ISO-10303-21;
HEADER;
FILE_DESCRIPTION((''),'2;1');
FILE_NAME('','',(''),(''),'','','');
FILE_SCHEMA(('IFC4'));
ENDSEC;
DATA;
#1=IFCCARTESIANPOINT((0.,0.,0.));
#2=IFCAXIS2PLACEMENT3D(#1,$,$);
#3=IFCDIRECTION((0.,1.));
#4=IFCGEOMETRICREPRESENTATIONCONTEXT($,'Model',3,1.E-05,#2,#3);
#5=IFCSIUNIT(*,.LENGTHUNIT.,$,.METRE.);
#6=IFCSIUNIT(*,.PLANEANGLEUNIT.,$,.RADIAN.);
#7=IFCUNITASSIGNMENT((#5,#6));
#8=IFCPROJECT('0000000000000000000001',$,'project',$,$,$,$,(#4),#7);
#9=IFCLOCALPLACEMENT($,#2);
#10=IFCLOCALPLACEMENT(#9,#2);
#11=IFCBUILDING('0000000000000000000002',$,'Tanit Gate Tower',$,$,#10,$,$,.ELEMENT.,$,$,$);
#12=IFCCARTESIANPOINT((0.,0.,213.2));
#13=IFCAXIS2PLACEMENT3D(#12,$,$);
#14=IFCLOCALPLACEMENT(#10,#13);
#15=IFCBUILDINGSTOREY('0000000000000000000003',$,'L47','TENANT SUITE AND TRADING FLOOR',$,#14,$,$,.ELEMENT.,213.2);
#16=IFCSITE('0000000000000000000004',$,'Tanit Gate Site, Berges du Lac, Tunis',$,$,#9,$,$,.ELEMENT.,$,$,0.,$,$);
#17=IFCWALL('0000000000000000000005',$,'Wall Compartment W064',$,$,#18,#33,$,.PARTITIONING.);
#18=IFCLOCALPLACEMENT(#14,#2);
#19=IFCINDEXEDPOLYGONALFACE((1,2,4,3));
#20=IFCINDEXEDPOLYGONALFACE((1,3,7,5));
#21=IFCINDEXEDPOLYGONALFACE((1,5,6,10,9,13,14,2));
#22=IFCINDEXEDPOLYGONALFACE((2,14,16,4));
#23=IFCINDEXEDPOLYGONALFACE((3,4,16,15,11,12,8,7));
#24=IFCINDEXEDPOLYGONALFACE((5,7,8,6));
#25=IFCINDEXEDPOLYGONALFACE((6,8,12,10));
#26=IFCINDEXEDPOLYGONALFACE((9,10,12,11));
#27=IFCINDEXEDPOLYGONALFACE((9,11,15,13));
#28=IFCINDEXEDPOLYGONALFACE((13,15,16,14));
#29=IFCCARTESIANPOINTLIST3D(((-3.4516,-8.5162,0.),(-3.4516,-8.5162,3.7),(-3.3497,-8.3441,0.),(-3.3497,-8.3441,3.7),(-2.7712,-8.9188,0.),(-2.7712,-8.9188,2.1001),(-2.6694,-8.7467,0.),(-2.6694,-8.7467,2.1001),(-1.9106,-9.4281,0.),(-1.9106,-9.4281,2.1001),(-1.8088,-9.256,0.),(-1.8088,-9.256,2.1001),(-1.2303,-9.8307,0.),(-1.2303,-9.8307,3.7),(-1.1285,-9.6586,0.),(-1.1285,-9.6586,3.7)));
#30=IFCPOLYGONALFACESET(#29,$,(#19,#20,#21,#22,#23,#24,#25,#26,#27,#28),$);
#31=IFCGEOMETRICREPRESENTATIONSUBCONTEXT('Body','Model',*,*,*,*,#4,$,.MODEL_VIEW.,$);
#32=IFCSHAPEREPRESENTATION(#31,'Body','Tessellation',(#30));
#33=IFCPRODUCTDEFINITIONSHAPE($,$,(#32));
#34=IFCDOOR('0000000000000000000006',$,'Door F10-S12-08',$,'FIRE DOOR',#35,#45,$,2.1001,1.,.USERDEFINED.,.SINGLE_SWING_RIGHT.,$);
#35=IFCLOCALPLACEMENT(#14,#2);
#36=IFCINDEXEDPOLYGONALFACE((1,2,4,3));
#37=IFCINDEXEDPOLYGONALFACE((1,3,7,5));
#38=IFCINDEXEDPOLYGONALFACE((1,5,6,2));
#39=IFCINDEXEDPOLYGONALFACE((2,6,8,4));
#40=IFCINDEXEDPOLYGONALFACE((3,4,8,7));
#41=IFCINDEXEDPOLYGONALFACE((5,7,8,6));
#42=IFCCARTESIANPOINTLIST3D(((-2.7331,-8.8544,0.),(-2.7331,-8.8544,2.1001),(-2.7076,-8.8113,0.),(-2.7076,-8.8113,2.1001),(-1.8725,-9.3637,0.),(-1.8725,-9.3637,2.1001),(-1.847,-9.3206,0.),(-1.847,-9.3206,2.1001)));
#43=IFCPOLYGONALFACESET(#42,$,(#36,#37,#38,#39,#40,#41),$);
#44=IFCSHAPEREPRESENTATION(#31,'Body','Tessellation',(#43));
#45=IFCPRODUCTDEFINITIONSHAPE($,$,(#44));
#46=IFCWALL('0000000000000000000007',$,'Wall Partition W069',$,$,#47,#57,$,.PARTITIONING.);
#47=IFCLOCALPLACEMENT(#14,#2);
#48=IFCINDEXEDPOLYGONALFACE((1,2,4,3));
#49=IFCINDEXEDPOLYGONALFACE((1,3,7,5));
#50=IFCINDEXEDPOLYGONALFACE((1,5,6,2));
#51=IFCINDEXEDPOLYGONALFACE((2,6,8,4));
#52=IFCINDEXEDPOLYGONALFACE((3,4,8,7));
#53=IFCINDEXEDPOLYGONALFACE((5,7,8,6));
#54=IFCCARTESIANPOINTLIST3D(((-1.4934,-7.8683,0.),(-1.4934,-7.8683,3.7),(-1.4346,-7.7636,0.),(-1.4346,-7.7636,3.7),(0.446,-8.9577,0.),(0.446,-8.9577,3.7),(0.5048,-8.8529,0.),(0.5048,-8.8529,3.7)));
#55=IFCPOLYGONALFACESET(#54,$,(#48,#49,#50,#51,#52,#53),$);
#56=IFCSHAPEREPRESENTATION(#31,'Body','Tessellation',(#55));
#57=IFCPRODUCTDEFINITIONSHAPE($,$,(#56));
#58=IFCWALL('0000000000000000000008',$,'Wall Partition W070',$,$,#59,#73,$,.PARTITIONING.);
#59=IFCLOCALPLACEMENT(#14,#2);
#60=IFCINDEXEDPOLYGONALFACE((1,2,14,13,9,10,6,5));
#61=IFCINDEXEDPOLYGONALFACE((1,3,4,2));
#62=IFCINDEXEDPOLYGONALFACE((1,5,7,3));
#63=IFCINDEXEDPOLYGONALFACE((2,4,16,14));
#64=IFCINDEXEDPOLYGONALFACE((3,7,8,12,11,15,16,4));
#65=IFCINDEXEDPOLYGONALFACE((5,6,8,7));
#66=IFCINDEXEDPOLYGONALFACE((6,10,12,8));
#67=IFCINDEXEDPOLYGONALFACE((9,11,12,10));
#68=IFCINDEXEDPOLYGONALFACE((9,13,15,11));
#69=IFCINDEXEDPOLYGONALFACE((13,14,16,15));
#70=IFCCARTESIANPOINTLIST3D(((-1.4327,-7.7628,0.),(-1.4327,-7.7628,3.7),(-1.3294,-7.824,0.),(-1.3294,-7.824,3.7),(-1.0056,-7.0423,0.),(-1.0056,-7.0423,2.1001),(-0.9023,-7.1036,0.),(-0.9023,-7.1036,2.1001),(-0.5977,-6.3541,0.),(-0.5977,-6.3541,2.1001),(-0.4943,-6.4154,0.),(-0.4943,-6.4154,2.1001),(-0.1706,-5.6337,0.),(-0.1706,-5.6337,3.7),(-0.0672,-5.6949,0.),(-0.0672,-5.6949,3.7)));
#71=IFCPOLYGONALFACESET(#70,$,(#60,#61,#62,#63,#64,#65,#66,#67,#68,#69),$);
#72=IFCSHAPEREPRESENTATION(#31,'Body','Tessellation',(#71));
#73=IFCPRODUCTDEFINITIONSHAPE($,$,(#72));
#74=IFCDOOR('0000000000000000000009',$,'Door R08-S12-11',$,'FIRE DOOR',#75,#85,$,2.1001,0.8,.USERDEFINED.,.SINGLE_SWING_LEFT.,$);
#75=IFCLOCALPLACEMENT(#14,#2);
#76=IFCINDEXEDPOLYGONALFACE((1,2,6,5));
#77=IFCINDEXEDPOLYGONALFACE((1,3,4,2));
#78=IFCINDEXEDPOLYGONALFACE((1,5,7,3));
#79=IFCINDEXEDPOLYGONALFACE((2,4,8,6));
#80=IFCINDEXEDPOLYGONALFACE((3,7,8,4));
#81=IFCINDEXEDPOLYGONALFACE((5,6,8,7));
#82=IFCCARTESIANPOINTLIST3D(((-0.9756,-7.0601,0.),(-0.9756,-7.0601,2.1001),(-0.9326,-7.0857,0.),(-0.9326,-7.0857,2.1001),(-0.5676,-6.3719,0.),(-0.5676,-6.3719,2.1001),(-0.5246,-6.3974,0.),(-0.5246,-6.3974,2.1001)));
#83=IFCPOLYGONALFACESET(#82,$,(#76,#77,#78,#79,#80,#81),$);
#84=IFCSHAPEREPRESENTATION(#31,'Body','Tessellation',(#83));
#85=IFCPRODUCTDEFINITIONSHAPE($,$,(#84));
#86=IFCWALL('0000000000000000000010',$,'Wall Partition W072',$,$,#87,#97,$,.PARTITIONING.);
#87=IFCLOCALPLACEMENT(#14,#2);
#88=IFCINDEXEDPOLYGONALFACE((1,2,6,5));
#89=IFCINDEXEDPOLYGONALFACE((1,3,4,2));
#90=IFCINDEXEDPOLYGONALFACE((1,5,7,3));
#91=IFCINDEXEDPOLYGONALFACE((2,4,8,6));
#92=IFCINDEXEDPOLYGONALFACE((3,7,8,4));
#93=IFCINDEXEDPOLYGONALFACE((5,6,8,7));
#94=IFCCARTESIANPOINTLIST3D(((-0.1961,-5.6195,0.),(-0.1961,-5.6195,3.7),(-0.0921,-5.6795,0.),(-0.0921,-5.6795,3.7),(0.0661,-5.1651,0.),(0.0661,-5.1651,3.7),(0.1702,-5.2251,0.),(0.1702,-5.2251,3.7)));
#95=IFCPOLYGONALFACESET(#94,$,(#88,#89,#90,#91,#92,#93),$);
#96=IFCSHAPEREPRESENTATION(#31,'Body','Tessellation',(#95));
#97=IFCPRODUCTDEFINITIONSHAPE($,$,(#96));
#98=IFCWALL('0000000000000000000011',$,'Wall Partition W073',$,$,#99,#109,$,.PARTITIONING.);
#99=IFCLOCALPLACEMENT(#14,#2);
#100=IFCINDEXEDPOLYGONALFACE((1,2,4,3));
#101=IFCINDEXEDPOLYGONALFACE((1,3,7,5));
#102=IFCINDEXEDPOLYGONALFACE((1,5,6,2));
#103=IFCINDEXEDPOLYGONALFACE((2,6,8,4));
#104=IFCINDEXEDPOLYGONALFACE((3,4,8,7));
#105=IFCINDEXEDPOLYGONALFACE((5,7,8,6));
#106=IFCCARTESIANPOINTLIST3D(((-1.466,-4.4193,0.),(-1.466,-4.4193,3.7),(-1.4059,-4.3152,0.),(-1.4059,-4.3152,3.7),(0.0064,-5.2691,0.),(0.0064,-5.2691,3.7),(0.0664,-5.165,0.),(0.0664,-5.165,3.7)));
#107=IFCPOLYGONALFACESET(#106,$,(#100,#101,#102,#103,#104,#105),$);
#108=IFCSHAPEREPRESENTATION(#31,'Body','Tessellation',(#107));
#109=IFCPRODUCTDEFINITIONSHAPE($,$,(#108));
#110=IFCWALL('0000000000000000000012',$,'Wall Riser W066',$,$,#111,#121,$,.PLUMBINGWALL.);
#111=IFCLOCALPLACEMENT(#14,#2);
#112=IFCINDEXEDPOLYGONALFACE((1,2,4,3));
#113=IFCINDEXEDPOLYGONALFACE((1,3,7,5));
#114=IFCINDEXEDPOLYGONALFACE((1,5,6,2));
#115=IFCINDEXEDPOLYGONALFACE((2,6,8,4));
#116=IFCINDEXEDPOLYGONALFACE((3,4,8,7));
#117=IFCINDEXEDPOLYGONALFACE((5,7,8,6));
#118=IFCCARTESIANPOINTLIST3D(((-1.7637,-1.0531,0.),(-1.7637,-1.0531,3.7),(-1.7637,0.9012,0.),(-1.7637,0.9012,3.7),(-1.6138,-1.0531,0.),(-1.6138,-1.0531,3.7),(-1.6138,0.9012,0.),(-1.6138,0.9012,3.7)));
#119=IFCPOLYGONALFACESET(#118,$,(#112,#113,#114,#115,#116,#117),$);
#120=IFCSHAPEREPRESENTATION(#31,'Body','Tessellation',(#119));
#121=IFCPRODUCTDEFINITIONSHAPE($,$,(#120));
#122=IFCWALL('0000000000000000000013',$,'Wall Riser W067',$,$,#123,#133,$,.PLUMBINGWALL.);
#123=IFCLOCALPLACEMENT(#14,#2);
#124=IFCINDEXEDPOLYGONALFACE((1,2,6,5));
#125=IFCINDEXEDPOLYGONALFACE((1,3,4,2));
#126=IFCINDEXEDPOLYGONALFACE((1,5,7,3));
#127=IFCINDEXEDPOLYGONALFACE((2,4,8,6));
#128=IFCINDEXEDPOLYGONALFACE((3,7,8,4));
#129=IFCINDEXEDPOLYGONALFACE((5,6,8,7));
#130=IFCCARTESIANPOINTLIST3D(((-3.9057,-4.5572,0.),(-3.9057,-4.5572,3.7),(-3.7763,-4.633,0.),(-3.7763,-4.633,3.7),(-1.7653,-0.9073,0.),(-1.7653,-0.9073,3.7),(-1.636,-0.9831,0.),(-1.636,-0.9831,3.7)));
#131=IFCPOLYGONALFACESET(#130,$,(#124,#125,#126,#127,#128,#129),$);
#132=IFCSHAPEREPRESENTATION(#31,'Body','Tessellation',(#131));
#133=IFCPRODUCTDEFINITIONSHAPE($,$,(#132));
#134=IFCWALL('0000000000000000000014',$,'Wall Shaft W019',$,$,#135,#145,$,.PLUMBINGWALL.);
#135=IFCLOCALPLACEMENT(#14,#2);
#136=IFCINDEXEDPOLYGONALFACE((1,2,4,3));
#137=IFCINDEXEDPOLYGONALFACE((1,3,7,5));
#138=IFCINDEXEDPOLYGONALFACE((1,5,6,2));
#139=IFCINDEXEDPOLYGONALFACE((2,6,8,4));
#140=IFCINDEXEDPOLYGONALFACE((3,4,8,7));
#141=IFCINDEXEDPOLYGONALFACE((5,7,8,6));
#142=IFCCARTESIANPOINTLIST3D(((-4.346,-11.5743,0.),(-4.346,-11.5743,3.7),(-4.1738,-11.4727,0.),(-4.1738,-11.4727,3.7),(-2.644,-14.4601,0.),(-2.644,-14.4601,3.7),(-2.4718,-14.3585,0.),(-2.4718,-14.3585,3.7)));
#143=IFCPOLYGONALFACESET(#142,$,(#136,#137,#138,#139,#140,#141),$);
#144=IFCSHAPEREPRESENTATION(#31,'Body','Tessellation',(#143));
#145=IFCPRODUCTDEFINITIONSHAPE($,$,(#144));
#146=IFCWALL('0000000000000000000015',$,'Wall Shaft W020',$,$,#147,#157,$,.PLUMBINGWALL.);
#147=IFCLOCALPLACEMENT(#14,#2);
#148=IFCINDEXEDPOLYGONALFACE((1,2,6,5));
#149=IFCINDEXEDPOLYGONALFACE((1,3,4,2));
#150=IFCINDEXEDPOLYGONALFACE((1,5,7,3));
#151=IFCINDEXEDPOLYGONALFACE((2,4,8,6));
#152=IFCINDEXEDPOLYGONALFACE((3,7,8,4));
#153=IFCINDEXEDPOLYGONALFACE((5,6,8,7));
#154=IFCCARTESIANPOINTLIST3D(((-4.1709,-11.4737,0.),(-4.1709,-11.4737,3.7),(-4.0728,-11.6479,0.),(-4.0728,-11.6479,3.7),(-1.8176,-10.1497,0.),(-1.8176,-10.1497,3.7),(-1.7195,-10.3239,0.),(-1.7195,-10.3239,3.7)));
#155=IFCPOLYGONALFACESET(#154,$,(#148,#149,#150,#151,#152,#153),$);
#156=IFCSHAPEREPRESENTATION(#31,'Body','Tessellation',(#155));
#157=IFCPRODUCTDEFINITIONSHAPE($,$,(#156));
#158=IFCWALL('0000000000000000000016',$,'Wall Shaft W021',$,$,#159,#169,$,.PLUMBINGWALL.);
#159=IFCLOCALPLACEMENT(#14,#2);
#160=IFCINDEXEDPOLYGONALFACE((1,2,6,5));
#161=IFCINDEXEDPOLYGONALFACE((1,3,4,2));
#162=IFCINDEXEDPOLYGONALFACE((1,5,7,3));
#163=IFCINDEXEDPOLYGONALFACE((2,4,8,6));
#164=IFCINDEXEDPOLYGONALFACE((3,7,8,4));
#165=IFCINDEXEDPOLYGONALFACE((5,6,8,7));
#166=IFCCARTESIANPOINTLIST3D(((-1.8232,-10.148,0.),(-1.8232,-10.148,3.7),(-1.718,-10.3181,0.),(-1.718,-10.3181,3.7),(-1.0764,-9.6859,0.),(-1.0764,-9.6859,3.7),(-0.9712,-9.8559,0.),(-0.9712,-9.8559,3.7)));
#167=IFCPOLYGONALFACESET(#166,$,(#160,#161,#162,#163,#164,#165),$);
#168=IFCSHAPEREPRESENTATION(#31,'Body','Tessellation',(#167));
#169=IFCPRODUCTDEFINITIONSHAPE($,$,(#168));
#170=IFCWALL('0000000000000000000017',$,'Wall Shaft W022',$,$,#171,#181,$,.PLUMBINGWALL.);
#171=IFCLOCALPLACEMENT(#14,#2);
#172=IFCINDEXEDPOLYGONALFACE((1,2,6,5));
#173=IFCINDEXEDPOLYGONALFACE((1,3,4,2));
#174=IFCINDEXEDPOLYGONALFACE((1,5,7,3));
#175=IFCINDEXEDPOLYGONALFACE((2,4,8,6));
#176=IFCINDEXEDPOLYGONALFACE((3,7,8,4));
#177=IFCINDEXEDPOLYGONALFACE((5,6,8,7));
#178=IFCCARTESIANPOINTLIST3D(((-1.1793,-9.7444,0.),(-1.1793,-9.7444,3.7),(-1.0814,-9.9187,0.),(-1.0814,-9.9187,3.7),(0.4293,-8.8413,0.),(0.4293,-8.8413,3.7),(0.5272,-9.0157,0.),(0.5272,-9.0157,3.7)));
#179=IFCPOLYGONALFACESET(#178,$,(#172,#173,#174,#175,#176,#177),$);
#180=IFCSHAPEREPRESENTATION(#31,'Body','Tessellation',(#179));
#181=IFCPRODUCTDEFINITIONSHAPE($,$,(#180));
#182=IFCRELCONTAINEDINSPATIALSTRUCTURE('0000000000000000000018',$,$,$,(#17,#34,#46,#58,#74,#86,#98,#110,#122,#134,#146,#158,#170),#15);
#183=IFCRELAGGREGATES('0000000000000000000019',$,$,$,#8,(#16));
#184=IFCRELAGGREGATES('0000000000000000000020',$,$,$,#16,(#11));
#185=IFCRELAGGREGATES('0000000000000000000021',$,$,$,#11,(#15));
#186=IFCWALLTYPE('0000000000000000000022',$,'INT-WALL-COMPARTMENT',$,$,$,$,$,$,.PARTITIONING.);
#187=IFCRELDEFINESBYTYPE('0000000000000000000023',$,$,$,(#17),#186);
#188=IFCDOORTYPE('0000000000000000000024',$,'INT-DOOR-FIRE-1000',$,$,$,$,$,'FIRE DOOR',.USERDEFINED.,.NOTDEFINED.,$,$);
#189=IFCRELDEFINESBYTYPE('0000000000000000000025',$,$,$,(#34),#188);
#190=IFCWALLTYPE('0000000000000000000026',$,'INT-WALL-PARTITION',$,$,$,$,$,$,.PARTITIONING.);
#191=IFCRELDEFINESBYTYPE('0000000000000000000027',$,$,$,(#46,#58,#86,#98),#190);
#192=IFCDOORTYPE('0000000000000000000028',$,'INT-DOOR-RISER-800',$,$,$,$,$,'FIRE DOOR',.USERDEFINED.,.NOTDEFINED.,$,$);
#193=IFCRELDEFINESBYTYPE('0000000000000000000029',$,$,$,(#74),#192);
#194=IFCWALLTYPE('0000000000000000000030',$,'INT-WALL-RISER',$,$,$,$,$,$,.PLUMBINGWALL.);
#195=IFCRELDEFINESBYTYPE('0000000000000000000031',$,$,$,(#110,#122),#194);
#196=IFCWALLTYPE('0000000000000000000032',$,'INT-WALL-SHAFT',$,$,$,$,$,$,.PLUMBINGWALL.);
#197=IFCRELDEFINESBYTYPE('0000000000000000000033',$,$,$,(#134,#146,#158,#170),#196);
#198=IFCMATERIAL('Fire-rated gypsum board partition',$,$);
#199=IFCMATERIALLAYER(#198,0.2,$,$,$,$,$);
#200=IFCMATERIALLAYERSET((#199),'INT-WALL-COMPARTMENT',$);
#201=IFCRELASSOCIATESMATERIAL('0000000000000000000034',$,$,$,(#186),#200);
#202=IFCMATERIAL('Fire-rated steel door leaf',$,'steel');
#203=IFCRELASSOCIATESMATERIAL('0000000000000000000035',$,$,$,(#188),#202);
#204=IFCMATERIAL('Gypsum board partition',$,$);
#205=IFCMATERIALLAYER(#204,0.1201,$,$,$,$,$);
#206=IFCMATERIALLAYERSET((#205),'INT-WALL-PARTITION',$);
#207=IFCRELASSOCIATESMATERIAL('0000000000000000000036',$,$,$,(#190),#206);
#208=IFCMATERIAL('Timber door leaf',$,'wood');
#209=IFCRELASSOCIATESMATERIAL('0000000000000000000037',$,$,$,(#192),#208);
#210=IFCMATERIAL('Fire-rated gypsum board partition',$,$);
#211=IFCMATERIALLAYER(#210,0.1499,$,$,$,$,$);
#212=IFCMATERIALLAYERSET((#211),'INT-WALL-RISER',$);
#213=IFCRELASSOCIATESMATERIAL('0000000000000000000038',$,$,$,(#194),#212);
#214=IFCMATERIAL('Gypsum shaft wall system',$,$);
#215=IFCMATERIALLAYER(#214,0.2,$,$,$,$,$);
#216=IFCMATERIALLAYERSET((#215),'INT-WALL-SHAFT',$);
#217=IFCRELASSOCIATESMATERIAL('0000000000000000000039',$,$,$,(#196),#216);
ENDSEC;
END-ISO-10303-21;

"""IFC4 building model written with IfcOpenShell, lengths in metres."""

from ifc_helpers import new_model, si_unit, direction, frame, frame_2d, origin, place, context, subcontext, project, spatial, rectangle, extrude, material, layer, layer_set, type_object, element, fill, save


model = new_model("IFC4")

# Units and contexts
model_context = context("Model", 3, precision=1e-05, world=origin(), true_north=direction((0.0, 1.0)))
body_context = subcontext(model_context, "Body", "Model", "MODEL_VIEW")
ifc_project = project(units=[si_unit("LENGTHUNIT", "METRE"), si_unit("PLANEANGLEUNIT", "RADIAN")], contexts=[model_context])

# Site, building, storey
site_placement = place(None, origin())
site = spatial("IfcSite", under=ifc_project, at=site_placement, Name="Tanit Gate Site, Berges du Lac, Tunis", CompositionType="ELEMENT", RefElevation=0.0)
building_placement = place(site_placement, origin())
building = spatial("IfcBuilding", under=site, at=building_placement, Name="Tanit Gate Tower", CompositionType="ELEMENT")
storey_placement = place(building_placement, frame((0.0, 0.0, 213.2)))
storey = spatial("IfcBuildingStorey", under=building, at=storey_placement, Name="L47", Description="TENANT SUITE AND TRADING FLOOR", CompositionType="ELEMENT", Elevation=213.2)

# Wall, opening, door
ifc_material_1 = material(Name="Fire-rated gypsum board partition")
ifc_layer_1 = layer(ifc_material_1, 0.2)
ifc_layer_set_1 = layer_set([ifc_layer_1], Name="INT-WALL-COMPARTMENT")
wall_type_1 = type_object("IfcWallType", Name="INT-WALL-COMPARTMENT", PredefinedType="PARTITIONING", material=ifc_layer_set_1)
wall_1_placement = place(storey_placement, frame((-3.4006, -8.4302, 0.0), z_axis=(0.0, 0.0, 1.0), x_axis=(0.860599, -0.509284, 0.0)))
wall_1 = element("IfcWall", 1, at=wall_1_placement, inside=storey, type_object=wall_type_1, Name="Wall Compartment W064", PredefinedType="PARTITIONING", context=body_context, shape_type="SweptSolid", body=[
    extrude(rectangle(XDim=2.5811, YDim=0.2, at=frame_2d((1.2905, 0.0))), origin(), (0.0, 0.0, 1.0), 3.7),
])
opening_1_placement = place(wall_1_placement, frame((0.7905, 0.0, 0.0)))
opening_1 = element("IfcOpeningElement", 2, at=opening_1_placement, cuts=wall_1, PredefinedType="OPENING", context=body_context, shape_type="SweptSolid", body=[
    extrude(rectangle(XDim=1.0, YDim=2.1001, at=frame_2d((0.5, 1.05))), frame((0.0, 0.1099, 0.0), z_axis=(0.0, -1.0, 0.0), x_axis=(1.0, 0.0, 0.0)), (0.0, 0.0, 1.0), 0.22),
])
ifc_material_2 = material(Name="Fire-rated steel door leaf", Category="steel")
door_type_1 = type_object("IfcDoorType", Name="INT-DOOR-FIRE-1000", ElementType="FIRE DOOR", OperationType="NOTDEFINED", PredefinedType="USERDEFINED", material=ifc_material_2)
door_1_placement = place(opening_1_placement, origin())
door_1 = element("IfcDoor", 3, at=door_1_placement, inside=storey, type_object=door_type_1, Name="Door F10-S12-08", ObjectType="FIRE DOOR", OperationType="SINGLE_SWING_RIGHT", OverallHeight=2.1001, OverallWidth=1.0, PredefinedType="USERDEFINED", context=body_context, shape_type="SweptSolid", body=[
    extrude(rectangle(XDim=1.0, YDim=2.1001, at=frame_2d((0.5, 1.05))), frame((0.0, 0.0249, 0.0), z_axis=(0.0, -1.0, 0.0), x_axis=(1.0, 0.0, 0.0)), (0.0, 0.0, 1.0), 0.05),
])
fill(opening_1, door_1)

# Wall
ifc_material_3 = material(Name="Gypsum board partition")
ifc_layer_2 = layer(ifc_material_3, 0.1201)
ifc_layer_set_2 = layer_set([ifc_layer_2], Name="INT-WALL-PARTITION")
wall_type_2 = type_object("IfcWallType", Name="INT-WALL-PARTITION", PredefinedType="PARTITIONING", material=ifc_layer_set_2)
wall_2_placement = place(storey_placement, frame((-1.4641, -7.8159, 0.0), z_axis=(0.0, 0.0, 1.0), x_axis=(0.87188, -0.489719, 0.0)))
element("IfcWall", 4, at=wall_2_placement, inside=storey, type_object=wall_type_2, Name="Wall Partition W069", PredefinedType="PARTITIONING", context=body_context, shape_type="SweptSolid", body=[
    extrude(rectangle(XDim=2.2244, YDim=0.1201, at=frame_2d((1.1123, 0.0))), origin(), (0.0, 0.0, 1.0), 3.7),
])

# Wall, opening, door
wall_3_placement = place(storey_placement, frame((-0.1189, -5.6643, 0.0), z_axis=(0.0, 0.0, 1.0), x_axis=(-0.509948, -0.860205, 0.0)))
wall_3 = element("IfcWall", 5, at=wall_3_placement, inside=storey, type_object=wall_type_2, Name="Wall Partition W070", PredefinedType="PARTITIONING", context=body_context, shape_type="SweptSolid", body=[
    extrude(rectangle(XDim=2.4751, YDim=0.1201, at=frame_2d((1.2375, 0.0))), origin(), (0.0, 0.0, 1.0), 3.7),
])
opening_2_placement = place(wall_3_placement, frame((0.8376, 0.0, 0.0)))
opening_2 = element("IfcOpeningElement", 6, at=opening_2_placement, cuts=wall_3, PredefinedType="OPENING", context=body_context, shape_type="SweptSolid", body=[
    extrude(rectangle(XDim=0.8, YDim=2.1001, at=frame_2d((0.3999, 1.05))), frame((0.0, 0.0701, 0.0), z_axis=(0.0, -1.0, 0.0), x_axis=(1.0, 0.0, 0.0)), (0.0, 0.0, 1.0), 0.1401),
])
ifc_material_4 = material(Name="Timber door leaf", Category="wood")
door_type_2 = type_object("IfcDoorType", Name="INT-DOOR-RISER-800", ElementType="FIRE DOOR", OperationType="NOTDEFINED", PredefinedType="USERDEFINED", material=ifc_material_4)
door_2_placement = place(opening_2_placement, origin())
door_2 = element("IfcDoor", 7, at=door_2_placement, inside=storey, type_object=door_type_2, Name="Door R08-S12-11", ObjectType="FIRE DOOR", OperationType="SINGLE_SWING_LEFT", OverallHeight=2.1001, OverallWidth=0.8, PredefinedType="USERDEFINED", context=body_context, shape_type="SweptSolid", body=[
    extrude(rectangle(XDim=0.8, YDim=2.1001, at=frame_2d((0.3999, 1.05))), frame((0.0, 0.0249, 0.0), z_axis=(0.0, -1.0, 0.0), x_axis=(1.0, 0.0, 0.0)), (0.0, 0.0, 1.0), 0.05),
])
fill(opening_2, door_2)

# Walls
wall_4_placement = place(storey_placement, frame((-0.144, -5.6494, 0.0), z_axis=(0.0, 0.0, 1.0), x_axis=(0.499843, 0.866116, 0.0)))
element("IfcWall", 8, at=wall_4_placement, inside=storey, type_object=wall_type_2, Name="Wall Partition W072", PredefinedType="PARTITIONING", context=body_context, shape_type="SweptSolid", body=[
    extrude(rectangle(XDim=0.5247, YDim=0.1201, at=frame_2d((0.2622, 0.0))), origin(), (0.0, 0.0, 1.0), 3.7),
])
wall_5_placement = place(storey_placement, frame((-1.436, -4.3672, 0.0), z_axis=(0.0, 0.0, 1.0), x_axis=(0.866088, -0.499892, 0.0)))
element("IfcWall", 9, at=wall_5_placement, inside=storey, type_object=wall_type_2, Name="Wall Partition W073", PredefinedType="PARTITIONING", context=body_context, shape_type="SweptSolid", body=[
    extrude(rectangle(XDim=1.7, YDim=0.1201, at=frame_2d((0.8501, 0.0))), origin(), (0.0, 0.0, 1.0), 3.7),
])
ifc_material_5 = material(Name="Fire-rated gypsum board partition")
ifc_layer_3 = layer(ifc_material_5, 0.1499)
ifc_layer_set_3 = layer_set([ifc_layer_3], Name="INT-WALL-RISER")
wall_type_3 = type_object("IfcWallType", Name="INT-WALL-RISER", PredefinedType="PLUMBINGWALL", material=ifc_layer_set_3)
wall_6_placement = place(storey_placement, frame((-1.6887, -1.053, 0.0), z_axis=(0.0, 0.0, 1.0), x_axis=(0.0, 1.0, 0.0)))
element("IfcWall", 10, at=wall_6_placement, inside=storey, type_object=wall_type_3, Name="Wall Riser W066", PredefinedType="PLUMBINGWALL", context=body_context, shape_type="SweptSolid", body=[
    extrude(rectangle(XDim=1.9543, YDim=0.1499, at=frame_2d((0.9771, 0.0))), origin(), (0.0, 0.0, 1.0), 3.7),
])
wall_7_placement = place(storey_placement, frame((-3.8411, -4.5952, 0.0), z_axis=(0.0, 0.0, 1.0), x_axis=(0.505857, 0.862617, 0.0)))
element("IfcWall", 11, at=wall_7_placement, inside=storey, type_object=wall_type_3, Name="Wall Riser W067", PredefinedType="PLUMBINGWALL", context=body_context, shape_type="SweptSolid", body=[
    extrude(rectangle(XDim=4.2312, YDim=0.1499, at=frame_2d((2.1157, 0.0))), origin(), (0.0, 0.0, 1.0), 3.7),
])
ifc_material_6 = material(Name="Gypsum shaft wall system")
ifc_layer_4 = layer(ifc_material_6, 0.2)
ifc_layer_set_4 = layer_set([ifc_layer_4], Name="INT-WALL-SHAFT")
wall_type_4 = type_object("IfcWallType", Name="INT-WALL-SHAFT", PredefinedType="PLUMBINGWALL", material=ifc_layer_set_4)
wall_8_placement = place(storey_placement, frame((-2.5579, -14.4094, 0.0), z_axis=(0.0, 0.0, 1.0), x_axis=(-0.507997, 0.861359, 0.0)))
element("IfcWall", 12, at=wall_8_placement, inside=storey, type_object=wall_type_4, Name="Wall Shaft W019", PredefinedType="PLUMBINGWALL", context=body_context, shape_type="SweptSolid", body=[
    extrude(rectangle(XDim=3.3503, YDim=0.2, at=frame_2d((1.6753, 0.0))), origin(), (0.0, 0.0, 1.0), 3.7),
])
wall_9_placement = place(storey_placement, frame((-1.7686, -10.2368, 0.0), z_axis=(0.0, 0.0, 1.0), x_axis=(-0.871534, -0.490334, 0.0)))
element("IfcWall", 13, at=wall_9_placement, inside=storey, type_object=wall_type_4, Name="Wall Shaft W020", PredefinedType="PLUMBINGWALL", context=body_context, shape_type="SweptSolid", body=[
    extrude(rectangle(XDim=2.7002, YDim=0.2, at=frame_2d((1.3501, 0.0))), origin(), (0.0, 0.0, 1.0), 3.7),
])
wall_10_placement = place(storey_placement, frame((-1.0239, -9.771, 0.0), z_axis=(0.0, 0.0, 1.0), x_axis=(-0.850348, -0.526221, 0.0)))
element("IfcWall", 14, at=wall_10_placement, inside=storey, type_object=wall_type_4, Name="Wall Shaft W021", PredefinedType="PLUMBINGWALL", context=body_context, shape_type="SweptSolid", body=[
    extrude(rectangle(XDim=0.8782, YDim=0.2, at=frame_2d((0.439, 0.0))), origin(), (0.0, 0.0, 1.0), 3.7),
])
wall_11_placement = place(storey_placement, frame((-1.1304, -9.8315, 0.0), z_axis=(0.0, 0.0, 1.0), x_axis=(0.871989, 0.489526, 0.0)))
element("IfcWall", 15, at=wall_11_placement, inside=storey, type_object=wall_type_4, Name="Wall Shaft W022", PredefinedType="PLUMBINGWALL", context=body_context, shape_type="SweptSolid", body=[
    extrude(rectangle(XDim=1.8447, YDim=0.2, at=frame_2d((0.9224, 0.0))), origin(), (0.0, 0.0, 1.0), 3.7),
])

save(model, "model.ifc")
